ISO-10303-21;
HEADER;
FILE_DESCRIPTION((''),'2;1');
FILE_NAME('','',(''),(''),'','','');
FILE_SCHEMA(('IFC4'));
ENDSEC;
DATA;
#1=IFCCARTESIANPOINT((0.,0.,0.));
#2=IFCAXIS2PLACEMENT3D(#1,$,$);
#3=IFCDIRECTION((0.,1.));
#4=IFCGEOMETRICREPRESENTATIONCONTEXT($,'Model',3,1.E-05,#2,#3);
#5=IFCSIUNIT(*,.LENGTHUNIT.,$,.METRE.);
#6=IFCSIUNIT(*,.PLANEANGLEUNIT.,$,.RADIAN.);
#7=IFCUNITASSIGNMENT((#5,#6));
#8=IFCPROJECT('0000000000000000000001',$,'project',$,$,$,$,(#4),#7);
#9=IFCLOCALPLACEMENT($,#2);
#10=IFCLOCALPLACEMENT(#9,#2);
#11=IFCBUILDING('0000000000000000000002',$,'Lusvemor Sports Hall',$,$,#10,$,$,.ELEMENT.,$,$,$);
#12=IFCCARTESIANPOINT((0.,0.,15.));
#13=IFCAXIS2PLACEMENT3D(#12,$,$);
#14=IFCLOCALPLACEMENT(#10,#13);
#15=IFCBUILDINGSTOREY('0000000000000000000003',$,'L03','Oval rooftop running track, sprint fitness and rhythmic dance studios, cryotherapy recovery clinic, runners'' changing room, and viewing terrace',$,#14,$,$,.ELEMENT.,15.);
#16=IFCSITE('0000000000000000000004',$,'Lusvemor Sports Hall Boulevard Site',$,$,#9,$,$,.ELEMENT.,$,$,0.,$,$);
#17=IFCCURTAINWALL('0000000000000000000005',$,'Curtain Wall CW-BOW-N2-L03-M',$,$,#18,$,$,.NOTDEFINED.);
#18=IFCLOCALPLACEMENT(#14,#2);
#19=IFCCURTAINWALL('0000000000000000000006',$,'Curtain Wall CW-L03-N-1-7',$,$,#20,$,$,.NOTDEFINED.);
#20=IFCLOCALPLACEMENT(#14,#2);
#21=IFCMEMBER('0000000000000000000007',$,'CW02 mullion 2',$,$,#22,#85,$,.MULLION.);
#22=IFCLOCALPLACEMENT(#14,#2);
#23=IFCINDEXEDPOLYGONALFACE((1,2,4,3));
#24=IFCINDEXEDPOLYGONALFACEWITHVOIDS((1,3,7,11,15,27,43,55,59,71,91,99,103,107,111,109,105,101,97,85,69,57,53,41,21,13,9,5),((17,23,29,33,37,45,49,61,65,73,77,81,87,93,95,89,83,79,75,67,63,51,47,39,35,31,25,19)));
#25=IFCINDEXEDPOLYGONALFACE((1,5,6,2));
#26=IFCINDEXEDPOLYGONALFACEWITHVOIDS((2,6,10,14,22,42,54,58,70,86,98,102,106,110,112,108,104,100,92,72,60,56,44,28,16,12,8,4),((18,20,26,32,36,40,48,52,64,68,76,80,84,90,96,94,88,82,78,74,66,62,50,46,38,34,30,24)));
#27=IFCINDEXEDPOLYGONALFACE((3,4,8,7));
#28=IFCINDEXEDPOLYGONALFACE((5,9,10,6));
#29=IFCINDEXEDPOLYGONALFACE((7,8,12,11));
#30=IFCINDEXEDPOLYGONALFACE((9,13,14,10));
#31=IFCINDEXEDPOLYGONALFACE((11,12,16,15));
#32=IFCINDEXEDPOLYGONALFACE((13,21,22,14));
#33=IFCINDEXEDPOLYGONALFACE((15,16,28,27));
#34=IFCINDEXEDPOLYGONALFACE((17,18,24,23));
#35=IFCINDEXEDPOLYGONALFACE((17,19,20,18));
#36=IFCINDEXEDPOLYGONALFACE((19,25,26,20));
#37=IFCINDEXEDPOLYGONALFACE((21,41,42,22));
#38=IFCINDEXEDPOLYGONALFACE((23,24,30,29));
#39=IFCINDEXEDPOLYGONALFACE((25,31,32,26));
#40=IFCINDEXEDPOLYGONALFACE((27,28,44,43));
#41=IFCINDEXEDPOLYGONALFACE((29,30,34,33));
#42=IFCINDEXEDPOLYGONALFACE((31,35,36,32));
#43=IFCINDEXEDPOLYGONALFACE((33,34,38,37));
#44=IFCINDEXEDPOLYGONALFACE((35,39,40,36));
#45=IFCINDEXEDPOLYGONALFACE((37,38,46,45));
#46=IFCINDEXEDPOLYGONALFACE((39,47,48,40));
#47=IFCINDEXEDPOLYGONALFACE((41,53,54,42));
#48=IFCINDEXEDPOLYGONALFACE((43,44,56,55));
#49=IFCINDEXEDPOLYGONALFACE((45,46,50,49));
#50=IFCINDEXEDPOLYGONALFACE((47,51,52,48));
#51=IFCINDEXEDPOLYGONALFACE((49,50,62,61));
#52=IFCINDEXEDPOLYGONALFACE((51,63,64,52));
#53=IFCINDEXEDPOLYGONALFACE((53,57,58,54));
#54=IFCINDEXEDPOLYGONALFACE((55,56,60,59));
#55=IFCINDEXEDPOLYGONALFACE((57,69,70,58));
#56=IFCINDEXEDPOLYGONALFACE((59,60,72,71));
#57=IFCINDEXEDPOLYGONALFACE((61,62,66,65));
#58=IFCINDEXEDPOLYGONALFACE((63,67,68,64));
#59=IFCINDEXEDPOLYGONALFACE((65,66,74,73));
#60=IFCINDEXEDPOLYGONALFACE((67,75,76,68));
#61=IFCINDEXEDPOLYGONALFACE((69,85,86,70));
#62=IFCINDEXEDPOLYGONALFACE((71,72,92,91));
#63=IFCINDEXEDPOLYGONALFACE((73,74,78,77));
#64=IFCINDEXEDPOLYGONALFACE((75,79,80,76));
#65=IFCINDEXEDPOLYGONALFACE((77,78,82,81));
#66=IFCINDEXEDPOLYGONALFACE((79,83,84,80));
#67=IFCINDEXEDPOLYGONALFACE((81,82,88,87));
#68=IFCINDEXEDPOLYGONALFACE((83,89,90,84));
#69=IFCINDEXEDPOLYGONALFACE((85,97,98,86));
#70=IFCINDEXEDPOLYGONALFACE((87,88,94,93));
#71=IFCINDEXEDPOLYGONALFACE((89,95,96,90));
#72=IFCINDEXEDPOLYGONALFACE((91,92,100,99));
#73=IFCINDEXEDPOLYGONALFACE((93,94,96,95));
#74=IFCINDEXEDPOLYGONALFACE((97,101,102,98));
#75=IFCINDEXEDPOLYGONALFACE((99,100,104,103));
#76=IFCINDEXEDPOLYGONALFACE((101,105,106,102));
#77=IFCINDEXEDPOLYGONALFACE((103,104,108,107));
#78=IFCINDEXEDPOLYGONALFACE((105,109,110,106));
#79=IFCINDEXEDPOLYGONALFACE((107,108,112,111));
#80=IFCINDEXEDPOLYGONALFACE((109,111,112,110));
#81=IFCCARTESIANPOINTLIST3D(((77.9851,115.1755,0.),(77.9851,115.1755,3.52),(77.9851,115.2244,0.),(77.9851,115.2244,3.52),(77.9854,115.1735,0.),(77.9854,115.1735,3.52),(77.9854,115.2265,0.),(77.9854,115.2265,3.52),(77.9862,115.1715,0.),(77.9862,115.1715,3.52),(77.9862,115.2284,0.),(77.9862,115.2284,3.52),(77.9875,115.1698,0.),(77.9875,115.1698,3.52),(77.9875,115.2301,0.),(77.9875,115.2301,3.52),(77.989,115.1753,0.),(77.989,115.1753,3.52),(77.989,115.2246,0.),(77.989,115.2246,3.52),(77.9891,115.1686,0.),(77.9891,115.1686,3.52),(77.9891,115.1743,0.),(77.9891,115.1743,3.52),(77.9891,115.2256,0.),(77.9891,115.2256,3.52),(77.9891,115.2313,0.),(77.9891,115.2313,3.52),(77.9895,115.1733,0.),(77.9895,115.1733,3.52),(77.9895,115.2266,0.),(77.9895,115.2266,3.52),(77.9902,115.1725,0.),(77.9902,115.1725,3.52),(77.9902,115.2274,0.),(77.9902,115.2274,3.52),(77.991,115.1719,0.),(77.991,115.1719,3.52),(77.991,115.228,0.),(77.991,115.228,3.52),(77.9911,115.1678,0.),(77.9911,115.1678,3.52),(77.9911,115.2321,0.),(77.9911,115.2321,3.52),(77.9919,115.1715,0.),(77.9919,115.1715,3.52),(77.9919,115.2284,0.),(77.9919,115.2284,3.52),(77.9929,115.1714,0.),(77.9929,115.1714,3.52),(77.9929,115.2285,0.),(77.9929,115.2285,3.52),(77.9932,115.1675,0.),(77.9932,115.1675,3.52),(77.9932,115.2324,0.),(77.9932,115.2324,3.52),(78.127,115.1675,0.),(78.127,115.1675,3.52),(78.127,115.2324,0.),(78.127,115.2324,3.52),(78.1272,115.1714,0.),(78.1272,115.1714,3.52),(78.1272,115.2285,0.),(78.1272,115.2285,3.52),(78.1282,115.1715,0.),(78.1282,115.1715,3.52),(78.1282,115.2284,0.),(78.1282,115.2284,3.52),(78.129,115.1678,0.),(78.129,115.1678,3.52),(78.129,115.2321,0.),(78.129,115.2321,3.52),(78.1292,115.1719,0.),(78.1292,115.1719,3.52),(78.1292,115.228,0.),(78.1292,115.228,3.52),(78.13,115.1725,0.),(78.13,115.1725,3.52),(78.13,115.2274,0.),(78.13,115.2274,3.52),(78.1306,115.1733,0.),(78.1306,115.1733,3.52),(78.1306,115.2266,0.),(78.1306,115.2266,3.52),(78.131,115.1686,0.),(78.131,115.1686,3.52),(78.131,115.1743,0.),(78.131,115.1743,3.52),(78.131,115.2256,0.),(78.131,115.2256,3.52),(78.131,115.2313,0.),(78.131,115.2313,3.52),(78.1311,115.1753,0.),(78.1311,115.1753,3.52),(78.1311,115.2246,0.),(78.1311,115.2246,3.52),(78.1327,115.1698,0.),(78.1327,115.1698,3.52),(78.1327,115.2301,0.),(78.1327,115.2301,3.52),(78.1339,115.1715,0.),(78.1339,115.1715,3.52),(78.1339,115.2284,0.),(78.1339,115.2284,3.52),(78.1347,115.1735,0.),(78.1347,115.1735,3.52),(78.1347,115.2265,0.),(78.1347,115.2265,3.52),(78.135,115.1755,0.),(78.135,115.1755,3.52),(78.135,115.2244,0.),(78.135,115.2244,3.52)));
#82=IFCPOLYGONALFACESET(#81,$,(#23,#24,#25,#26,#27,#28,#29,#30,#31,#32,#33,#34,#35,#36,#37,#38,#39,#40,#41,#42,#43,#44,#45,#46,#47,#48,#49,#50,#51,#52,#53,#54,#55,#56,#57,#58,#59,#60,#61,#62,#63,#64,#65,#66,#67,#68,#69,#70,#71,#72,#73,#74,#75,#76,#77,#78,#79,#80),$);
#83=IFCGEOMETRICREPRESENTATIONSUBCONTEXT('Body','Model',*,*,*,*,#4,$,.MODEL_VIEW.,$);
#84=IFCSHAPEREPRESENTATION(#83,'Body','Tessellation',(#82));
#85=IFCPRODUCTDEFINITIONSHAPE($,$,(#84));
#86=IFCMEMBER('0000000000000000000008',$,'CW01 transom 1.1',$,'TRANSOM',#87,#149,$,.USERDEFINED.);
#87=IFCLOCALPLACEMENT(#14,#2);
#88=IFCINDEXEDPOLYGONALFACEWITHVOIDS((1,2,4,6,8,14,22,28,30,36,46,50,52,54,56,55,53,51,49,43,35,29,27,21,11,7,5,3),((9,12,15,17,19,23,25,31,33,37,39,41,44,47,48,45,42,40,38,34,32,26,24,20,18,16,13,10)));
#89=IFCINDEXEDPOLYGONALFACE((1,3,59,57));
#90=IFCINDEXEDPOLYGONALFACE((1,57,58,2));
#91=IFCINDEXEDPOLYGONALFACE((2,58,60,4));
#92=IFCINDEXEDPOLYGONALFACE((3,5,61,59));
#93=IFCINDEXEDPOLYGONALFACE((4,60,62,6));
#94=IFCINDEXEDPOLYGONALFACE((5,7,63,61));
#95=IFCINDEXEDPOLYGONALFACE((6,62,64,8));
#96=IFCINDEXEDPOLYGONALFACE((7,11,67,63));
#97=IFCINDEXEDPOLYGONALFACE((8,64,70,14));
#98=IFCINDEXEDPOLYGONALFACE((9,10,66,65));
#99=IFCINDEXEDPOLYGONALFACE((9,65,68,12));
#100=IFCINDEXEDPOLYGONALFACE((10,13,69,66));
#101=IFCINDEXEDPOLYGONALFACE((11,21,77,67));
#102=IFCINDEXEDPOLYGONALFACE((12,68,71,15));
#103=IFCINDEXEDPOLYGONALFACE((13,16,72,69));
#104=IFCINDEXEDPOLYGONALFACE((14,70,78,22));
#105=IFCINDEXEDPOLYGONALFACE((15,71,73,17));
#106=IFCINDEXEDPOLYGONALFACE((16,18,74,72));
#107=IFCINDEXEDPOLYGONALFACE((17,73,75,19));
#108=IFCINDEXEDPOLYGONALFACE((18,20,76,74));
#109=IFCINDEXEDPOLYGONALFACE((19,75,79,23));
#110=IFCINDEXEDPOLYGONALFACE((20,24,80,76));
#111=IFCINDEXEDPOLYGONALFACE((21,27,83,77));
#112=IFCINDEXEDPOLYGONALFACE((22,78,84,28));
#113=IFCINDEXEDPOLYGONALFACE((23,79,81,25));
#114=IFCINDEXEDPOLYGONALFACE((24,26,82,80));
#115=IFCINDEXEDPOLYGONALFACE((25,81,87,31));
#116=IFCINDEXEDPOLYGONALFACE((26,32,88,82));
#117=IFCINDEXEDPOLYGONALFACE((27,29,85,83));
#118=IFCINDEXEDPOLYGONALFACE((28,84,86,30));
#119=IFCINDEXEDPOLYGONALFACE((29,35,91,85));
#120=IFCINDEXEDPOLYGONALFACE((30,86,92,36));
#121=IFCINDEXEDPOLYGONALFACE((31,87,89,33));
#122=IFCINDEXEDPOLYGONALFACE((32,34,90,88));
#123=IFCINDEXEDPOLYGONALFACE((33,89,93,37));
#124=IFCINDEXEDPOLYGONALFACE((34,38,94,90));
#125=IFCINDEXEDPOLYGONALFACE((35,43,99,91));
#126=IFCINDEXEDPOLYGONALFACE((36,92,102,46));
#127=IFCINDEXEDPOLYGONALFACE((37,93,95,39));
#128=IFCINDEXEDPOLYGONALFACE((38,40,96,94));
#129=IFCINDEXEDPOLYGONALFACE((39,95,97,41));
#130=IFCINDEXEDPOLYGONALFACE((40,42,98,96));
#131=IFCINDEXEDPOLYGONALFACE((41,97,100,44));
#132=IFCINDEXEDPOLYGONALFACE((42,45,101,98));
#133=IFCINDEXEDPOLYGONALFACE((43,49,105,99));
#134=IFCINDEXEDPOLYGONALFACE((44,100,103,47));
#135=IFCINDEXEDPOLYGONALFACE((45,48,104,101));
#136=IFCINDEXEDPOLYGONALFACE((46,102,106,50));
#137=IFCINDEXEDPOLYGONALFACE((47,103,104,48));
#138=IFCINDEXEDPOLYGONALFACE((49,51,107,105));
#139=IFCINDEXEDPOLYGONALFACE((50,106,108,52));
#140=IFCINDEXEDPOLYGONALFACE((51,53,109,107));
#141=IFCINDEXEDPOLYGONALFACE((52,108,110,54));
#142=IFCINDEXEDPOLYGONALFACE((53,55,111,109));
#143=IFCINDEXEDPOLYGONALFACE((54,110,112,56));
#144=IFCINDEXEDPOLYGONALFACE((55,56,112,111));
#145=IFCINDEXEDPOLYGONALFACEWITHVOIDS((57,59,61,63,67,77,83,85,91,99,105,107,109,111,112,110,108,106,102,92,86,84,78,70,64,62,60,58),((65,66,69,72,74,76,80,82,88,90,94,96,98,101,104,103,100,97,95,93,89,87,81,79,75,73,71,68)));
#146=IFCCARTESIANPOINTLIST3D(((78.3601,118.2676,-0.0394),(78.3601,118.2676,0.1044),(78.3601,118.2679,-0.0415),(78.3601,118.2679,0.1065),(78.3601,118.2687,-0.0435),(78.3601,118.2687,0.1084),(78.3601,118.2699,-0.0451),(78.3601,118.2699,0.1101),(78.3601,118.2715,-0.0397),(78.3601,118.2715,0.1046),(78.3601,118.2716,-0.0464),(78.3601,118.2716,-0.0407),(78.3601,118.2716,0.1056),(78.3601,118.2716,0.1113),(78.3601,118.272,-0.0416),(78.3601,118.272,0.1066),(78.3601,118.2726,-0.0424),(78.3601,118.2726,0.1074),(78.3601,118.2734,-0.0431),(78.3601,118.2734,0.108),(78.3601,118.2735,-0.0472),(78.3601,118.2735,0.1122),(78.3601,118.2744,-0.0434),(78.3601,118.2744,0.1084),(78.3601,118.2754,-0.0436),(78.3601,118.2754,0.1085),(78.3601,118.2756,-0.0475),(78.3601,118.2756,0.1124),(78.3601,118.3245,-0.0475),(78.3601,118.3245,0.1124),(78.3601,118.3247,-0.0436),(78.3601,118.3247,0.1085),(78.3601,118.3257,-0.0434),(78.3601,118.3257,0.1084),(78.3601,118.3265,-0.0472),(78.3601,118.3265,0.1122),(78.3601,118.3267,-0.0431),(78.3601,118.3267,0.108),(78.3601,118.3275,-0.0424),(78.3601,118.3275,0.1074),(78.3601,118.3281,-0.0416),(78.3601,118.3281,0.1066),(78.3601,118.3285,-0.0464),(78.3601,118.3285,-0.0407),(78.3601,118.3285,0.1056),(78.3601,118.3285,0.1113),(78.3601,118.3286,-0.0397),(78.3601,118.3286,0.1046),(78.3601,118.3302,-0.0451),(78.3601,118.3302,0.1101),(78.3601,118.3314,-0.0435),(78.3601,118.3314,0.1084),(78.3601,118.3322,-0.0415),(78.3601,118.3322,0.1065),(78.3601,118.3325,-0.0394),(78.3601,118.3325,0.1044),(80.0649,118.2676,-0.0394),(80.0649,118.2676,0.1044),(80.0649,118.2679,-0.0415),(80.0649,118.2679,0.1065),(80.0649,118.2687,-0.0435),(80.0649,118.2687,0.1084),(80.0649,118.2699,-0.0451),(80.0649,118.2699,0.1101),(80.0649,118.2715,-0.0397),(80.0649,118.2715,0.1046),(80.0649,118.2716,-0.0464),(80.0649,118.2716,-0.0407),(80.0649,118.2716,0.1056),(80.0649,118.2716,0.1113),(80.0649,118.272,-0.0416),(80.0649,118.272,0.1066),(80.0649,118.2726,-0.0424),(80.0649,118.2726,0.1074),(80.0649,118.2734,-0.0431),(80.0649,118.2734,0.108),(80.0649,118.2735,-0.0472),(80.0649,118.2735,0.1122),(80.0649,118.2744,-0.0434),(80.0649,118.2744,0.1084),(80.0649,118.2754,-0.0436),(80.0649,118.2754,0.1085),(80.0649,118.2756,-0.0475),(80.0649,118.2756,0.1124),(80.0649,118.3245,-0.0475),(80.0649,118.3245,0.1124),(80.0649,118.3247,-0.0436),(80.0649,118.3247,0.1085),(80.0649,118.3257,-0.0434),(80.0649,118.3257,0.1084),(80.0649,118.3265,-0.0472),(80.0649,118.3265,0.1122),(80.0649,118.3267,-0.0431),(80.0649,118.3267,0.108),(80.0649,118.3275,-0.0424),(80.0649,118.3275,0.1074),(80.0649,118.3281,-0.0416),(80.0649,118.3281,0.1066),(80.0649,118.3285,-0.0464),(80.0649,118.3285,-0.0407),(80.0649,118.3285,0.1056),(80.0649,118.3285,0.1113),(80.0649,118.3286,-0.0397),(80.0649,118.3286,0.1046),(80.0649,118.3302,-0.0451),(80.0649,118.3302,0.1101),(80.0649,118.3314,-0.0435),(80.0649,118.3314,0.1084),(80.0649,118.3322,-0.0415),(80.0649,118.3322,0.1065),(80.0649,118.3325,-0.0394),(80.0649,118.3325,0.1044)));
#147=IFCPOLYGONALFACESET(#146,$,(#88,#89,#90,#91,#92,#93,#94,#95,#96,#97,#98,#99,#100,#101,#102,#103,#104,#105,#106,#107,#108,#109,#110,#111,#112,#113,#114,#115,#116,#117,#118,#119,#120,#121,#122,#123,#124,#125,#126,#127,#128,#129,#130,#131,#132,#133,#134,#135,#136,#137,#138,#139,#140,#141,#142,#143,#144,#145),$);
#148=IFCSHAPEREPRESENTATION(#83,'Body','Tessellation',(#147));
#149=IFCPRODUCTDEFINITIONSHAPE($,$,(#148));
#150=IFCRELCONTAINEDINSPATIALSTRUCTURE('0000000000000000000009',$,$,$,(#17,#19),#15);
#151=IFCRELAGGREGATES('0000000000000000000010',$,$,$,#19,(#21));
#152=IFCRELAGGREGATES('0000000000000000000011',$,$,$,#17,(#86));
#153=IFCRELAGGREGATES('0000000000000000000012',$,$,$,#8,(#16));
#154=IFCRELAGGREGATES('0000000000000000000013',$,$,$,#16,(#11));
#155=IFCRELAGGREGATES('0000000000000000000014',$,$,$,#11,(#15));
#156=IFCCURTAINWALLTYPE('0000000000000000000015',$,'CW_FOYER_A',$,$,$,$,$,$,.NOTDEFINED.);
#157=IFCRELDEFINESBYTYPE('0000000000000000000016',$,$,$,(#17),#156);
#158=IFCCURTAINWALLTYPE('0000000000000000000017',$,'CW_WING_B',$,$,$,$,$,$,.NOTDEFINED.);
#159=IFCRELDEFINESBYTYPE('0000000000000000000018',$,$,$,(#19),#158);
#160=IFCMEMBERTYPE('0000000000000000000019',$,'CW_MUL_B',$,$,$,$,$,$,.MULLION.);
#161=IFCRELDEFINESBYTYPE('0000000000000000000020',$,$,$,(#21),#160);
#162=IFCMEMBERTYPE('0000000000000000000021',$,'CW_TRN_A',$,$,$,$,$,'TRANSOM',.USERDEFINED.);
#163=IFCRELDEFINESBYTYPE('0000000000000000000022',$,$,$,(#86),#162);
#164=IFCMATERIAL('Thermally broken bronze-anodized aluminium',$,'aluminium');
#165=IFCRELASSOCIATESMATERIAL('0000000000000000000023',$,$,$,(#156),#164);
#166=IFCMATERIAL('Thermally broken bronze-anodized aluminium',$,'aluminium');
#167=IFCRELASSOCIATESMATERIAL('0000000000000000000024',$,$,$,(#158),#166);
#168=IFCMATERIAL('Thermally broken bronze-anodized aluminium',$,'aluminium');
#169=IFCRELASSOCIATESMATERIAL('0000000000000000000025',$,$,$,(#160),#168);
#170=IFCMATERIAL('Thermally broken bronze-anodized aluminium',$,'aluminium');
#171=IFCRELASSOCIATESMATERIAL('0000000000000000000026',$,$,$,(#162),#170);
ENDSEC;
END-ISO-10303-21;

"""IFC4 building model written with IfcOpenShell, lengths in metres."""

from ifc_helpers import new_model, si_unit, direction, frame, origin, origin_2d, place, context, subcontext, project, spatial, hollow_rectangle, extrude, material, material_profile, profile_set, type_object, element, aggregate, save


model = new_model("IFC4")

# Units and contexts
model_context = context("Model", 3, precision=1e-05, world=origin(), true_north=direction((0.0, 1.0)))
body_context = subcontext(model_context, "Body", "Model", "MODEL_VIEW")
ifc_project = project(units=[si_unit("LENGTHUNIT", "METRE"), si_unit("PLANEANGLEUNIT", "RADIAN")], contexts=[model_context])

# Site, building, storey
site_placement = place(None, origin())
site = spatial("IfcSite", under=ifc_project, at=site_placement, Name="Lusvemor Sports Hall Boulevard Site", CompositionType="ELEMENT", RefElevation=0.0)
building_placement = place(site_placement, origin())
building = spatial("IfcBuilding", under=site, at=building_placement, Name="Lusvemor Sports Hall", CompositionType="ELEMENT")
storey_placement = place(building_placement, frame((0.0, 0.0, 15.0)))
storey = spatial("IfcBuildingStorey", under=building, at=storey_placement, Name="L03", Description="Oval rooftop running track, sprint fitness and rhythmic dance studios, cryotherapy recovery clinic, runners' changing room, and viewing terrace", CompositionType="ELEMENT", Elevation=15.0)

# Curtain wall
ifc_material_1 = material(Name="Thermally broken bronze-anodized aluminium", Category="aluminium")
curtain_wall_type_1 = type_object("IfcCurtainWallType", Name="CW_FOYER_A", PredefinedType="NOTDEFINED", material=ifc_material_1)
curtain_wall_1_placement = place(storey_placement, origin())
curtain_wall_1 = element("IfcCurtainWall", 1, at=curtain_wall_1_placement, inside=storey, type_object=curtain_wall_type_1, Name="Curtain Wall CW-BOW-N2-L03-M", PredefinedType="NOTDEFINED")

# Curtain wall, member
ifc_material_2 = material(Name="Thermally broken bronze-anodized aluminium", Category="aluminium")
curtain_wall_type_2 = type_object("IfcCurtainWallType", Name="CW_WING_B", PredefinedType="NOTDEFINED", material=ifc_material_2)
curtain_wall_2_placement = place(storey_placement, origin())
curtain_wall_2 = element("IfcCurtainWall", 2, at=curtain_wall_2_placement, inside=storey, type_object=curtain_wall_type_2, Name="Curtain Wall CW-L03-N-1-7", PredefinedType="NOTDEFINED")
ifc_material_3 = material(Name="Thermally broken bronze-anodized aluminium", Category="aluminium")
ifc_material_profile_1 = material_profile(ifc_material_3, hollow_rectangle(XDim=0.0649, YDim=0.1499, WallThickness=0.0039, InnerFilletRadius=0.0039, OuterFilletRadius=0.0081, at=origin_2d()), Name="CWMUL150x65x4")
ifc_profile_set_1 = profile_set([ifc_material_profile_1], Name="Thermally broken bronze-anodized aluminium")
member_type_1 = type_object("IfcMemberType", Name="CW_MUL_B", PredefinedType="MULLION", material=ifc_profile_set_1)
member_1_placement = place(storey_placement, frame((78.0601, 115.2, 0.0), z_axis=(0.0, 0.0, 1.0), x_axis=(0.0, 1.0, 0.0)))
member_1 = element("IfcMember", 3, at=member_1_placement, type_object=member_type_1, Name="CW02 mullion 2", PredefinedType="MULLION", context=body_context, shape_type="SweptSolid", body=[
    extrude(hollow_rectangle(XDim=0.0649, YDim=0.1499, WallThickness=0.0039, InnerFilletRadius=0.0039, OuterFilletRadius=0.0081, at=origin_2d()), origin(), (0.0, 0.0, 1.0), 3.52),
])

# Member
ifc_material_4 = material(Name="Thermally broken bronze-anodized aluminium", Category="aluminium")
ifc_material_profile_2 = material_profile(ifc_material_4, hollow_rectangle(XDim=0.0649, YDim=0.1599, WallThickness=0.0039, InnerFilletRadius=0.0039, OuterFilletRadius=0.0081, at=origin_2d()), Name="CWTRN160x65x4")
ifc_profile_set_2 = profile_set([ifc_material_profile_2], Name="Thermally broken bronze-anodized aluminium")
member_type_2 = type_object("IfcMemberType", Name="CW_TRN_A", ElementType="TRANSOM", PredefinedType="USERDEFINED", material=ifc_profile_set_2)
member_2_placement = place(storey_placement, frame((78.3601, 118.3, 0.0325), z_axis=(1.0, 0.0, 0.0), x_axis=(0.0, 1.0, 0.0)))
member_2 = element("IfcMember", 4, at=member_2_placement, type_object=member_type_2, Name="CW01 transom 1.1", ObjectType="TRANSOM", PredefinedType="USERDEFINED", context=body_context, shape_type="SweptSolid", body=[
    extrude(hollow_rectangle(XDim=0.0649, YDim=0.1599, WallThickness=0.0039, InnerFilletRadius=0.0039, OuterFilletRadius=0.0081, at=origin_2d()), origin(), (0.0, 0.0, 1.0), 1.7048),
])

aggregate(curtain_wall_2, [member_1])
aggregate(curtain_wall_1, [member_2])

save(model, "model.ifc")
